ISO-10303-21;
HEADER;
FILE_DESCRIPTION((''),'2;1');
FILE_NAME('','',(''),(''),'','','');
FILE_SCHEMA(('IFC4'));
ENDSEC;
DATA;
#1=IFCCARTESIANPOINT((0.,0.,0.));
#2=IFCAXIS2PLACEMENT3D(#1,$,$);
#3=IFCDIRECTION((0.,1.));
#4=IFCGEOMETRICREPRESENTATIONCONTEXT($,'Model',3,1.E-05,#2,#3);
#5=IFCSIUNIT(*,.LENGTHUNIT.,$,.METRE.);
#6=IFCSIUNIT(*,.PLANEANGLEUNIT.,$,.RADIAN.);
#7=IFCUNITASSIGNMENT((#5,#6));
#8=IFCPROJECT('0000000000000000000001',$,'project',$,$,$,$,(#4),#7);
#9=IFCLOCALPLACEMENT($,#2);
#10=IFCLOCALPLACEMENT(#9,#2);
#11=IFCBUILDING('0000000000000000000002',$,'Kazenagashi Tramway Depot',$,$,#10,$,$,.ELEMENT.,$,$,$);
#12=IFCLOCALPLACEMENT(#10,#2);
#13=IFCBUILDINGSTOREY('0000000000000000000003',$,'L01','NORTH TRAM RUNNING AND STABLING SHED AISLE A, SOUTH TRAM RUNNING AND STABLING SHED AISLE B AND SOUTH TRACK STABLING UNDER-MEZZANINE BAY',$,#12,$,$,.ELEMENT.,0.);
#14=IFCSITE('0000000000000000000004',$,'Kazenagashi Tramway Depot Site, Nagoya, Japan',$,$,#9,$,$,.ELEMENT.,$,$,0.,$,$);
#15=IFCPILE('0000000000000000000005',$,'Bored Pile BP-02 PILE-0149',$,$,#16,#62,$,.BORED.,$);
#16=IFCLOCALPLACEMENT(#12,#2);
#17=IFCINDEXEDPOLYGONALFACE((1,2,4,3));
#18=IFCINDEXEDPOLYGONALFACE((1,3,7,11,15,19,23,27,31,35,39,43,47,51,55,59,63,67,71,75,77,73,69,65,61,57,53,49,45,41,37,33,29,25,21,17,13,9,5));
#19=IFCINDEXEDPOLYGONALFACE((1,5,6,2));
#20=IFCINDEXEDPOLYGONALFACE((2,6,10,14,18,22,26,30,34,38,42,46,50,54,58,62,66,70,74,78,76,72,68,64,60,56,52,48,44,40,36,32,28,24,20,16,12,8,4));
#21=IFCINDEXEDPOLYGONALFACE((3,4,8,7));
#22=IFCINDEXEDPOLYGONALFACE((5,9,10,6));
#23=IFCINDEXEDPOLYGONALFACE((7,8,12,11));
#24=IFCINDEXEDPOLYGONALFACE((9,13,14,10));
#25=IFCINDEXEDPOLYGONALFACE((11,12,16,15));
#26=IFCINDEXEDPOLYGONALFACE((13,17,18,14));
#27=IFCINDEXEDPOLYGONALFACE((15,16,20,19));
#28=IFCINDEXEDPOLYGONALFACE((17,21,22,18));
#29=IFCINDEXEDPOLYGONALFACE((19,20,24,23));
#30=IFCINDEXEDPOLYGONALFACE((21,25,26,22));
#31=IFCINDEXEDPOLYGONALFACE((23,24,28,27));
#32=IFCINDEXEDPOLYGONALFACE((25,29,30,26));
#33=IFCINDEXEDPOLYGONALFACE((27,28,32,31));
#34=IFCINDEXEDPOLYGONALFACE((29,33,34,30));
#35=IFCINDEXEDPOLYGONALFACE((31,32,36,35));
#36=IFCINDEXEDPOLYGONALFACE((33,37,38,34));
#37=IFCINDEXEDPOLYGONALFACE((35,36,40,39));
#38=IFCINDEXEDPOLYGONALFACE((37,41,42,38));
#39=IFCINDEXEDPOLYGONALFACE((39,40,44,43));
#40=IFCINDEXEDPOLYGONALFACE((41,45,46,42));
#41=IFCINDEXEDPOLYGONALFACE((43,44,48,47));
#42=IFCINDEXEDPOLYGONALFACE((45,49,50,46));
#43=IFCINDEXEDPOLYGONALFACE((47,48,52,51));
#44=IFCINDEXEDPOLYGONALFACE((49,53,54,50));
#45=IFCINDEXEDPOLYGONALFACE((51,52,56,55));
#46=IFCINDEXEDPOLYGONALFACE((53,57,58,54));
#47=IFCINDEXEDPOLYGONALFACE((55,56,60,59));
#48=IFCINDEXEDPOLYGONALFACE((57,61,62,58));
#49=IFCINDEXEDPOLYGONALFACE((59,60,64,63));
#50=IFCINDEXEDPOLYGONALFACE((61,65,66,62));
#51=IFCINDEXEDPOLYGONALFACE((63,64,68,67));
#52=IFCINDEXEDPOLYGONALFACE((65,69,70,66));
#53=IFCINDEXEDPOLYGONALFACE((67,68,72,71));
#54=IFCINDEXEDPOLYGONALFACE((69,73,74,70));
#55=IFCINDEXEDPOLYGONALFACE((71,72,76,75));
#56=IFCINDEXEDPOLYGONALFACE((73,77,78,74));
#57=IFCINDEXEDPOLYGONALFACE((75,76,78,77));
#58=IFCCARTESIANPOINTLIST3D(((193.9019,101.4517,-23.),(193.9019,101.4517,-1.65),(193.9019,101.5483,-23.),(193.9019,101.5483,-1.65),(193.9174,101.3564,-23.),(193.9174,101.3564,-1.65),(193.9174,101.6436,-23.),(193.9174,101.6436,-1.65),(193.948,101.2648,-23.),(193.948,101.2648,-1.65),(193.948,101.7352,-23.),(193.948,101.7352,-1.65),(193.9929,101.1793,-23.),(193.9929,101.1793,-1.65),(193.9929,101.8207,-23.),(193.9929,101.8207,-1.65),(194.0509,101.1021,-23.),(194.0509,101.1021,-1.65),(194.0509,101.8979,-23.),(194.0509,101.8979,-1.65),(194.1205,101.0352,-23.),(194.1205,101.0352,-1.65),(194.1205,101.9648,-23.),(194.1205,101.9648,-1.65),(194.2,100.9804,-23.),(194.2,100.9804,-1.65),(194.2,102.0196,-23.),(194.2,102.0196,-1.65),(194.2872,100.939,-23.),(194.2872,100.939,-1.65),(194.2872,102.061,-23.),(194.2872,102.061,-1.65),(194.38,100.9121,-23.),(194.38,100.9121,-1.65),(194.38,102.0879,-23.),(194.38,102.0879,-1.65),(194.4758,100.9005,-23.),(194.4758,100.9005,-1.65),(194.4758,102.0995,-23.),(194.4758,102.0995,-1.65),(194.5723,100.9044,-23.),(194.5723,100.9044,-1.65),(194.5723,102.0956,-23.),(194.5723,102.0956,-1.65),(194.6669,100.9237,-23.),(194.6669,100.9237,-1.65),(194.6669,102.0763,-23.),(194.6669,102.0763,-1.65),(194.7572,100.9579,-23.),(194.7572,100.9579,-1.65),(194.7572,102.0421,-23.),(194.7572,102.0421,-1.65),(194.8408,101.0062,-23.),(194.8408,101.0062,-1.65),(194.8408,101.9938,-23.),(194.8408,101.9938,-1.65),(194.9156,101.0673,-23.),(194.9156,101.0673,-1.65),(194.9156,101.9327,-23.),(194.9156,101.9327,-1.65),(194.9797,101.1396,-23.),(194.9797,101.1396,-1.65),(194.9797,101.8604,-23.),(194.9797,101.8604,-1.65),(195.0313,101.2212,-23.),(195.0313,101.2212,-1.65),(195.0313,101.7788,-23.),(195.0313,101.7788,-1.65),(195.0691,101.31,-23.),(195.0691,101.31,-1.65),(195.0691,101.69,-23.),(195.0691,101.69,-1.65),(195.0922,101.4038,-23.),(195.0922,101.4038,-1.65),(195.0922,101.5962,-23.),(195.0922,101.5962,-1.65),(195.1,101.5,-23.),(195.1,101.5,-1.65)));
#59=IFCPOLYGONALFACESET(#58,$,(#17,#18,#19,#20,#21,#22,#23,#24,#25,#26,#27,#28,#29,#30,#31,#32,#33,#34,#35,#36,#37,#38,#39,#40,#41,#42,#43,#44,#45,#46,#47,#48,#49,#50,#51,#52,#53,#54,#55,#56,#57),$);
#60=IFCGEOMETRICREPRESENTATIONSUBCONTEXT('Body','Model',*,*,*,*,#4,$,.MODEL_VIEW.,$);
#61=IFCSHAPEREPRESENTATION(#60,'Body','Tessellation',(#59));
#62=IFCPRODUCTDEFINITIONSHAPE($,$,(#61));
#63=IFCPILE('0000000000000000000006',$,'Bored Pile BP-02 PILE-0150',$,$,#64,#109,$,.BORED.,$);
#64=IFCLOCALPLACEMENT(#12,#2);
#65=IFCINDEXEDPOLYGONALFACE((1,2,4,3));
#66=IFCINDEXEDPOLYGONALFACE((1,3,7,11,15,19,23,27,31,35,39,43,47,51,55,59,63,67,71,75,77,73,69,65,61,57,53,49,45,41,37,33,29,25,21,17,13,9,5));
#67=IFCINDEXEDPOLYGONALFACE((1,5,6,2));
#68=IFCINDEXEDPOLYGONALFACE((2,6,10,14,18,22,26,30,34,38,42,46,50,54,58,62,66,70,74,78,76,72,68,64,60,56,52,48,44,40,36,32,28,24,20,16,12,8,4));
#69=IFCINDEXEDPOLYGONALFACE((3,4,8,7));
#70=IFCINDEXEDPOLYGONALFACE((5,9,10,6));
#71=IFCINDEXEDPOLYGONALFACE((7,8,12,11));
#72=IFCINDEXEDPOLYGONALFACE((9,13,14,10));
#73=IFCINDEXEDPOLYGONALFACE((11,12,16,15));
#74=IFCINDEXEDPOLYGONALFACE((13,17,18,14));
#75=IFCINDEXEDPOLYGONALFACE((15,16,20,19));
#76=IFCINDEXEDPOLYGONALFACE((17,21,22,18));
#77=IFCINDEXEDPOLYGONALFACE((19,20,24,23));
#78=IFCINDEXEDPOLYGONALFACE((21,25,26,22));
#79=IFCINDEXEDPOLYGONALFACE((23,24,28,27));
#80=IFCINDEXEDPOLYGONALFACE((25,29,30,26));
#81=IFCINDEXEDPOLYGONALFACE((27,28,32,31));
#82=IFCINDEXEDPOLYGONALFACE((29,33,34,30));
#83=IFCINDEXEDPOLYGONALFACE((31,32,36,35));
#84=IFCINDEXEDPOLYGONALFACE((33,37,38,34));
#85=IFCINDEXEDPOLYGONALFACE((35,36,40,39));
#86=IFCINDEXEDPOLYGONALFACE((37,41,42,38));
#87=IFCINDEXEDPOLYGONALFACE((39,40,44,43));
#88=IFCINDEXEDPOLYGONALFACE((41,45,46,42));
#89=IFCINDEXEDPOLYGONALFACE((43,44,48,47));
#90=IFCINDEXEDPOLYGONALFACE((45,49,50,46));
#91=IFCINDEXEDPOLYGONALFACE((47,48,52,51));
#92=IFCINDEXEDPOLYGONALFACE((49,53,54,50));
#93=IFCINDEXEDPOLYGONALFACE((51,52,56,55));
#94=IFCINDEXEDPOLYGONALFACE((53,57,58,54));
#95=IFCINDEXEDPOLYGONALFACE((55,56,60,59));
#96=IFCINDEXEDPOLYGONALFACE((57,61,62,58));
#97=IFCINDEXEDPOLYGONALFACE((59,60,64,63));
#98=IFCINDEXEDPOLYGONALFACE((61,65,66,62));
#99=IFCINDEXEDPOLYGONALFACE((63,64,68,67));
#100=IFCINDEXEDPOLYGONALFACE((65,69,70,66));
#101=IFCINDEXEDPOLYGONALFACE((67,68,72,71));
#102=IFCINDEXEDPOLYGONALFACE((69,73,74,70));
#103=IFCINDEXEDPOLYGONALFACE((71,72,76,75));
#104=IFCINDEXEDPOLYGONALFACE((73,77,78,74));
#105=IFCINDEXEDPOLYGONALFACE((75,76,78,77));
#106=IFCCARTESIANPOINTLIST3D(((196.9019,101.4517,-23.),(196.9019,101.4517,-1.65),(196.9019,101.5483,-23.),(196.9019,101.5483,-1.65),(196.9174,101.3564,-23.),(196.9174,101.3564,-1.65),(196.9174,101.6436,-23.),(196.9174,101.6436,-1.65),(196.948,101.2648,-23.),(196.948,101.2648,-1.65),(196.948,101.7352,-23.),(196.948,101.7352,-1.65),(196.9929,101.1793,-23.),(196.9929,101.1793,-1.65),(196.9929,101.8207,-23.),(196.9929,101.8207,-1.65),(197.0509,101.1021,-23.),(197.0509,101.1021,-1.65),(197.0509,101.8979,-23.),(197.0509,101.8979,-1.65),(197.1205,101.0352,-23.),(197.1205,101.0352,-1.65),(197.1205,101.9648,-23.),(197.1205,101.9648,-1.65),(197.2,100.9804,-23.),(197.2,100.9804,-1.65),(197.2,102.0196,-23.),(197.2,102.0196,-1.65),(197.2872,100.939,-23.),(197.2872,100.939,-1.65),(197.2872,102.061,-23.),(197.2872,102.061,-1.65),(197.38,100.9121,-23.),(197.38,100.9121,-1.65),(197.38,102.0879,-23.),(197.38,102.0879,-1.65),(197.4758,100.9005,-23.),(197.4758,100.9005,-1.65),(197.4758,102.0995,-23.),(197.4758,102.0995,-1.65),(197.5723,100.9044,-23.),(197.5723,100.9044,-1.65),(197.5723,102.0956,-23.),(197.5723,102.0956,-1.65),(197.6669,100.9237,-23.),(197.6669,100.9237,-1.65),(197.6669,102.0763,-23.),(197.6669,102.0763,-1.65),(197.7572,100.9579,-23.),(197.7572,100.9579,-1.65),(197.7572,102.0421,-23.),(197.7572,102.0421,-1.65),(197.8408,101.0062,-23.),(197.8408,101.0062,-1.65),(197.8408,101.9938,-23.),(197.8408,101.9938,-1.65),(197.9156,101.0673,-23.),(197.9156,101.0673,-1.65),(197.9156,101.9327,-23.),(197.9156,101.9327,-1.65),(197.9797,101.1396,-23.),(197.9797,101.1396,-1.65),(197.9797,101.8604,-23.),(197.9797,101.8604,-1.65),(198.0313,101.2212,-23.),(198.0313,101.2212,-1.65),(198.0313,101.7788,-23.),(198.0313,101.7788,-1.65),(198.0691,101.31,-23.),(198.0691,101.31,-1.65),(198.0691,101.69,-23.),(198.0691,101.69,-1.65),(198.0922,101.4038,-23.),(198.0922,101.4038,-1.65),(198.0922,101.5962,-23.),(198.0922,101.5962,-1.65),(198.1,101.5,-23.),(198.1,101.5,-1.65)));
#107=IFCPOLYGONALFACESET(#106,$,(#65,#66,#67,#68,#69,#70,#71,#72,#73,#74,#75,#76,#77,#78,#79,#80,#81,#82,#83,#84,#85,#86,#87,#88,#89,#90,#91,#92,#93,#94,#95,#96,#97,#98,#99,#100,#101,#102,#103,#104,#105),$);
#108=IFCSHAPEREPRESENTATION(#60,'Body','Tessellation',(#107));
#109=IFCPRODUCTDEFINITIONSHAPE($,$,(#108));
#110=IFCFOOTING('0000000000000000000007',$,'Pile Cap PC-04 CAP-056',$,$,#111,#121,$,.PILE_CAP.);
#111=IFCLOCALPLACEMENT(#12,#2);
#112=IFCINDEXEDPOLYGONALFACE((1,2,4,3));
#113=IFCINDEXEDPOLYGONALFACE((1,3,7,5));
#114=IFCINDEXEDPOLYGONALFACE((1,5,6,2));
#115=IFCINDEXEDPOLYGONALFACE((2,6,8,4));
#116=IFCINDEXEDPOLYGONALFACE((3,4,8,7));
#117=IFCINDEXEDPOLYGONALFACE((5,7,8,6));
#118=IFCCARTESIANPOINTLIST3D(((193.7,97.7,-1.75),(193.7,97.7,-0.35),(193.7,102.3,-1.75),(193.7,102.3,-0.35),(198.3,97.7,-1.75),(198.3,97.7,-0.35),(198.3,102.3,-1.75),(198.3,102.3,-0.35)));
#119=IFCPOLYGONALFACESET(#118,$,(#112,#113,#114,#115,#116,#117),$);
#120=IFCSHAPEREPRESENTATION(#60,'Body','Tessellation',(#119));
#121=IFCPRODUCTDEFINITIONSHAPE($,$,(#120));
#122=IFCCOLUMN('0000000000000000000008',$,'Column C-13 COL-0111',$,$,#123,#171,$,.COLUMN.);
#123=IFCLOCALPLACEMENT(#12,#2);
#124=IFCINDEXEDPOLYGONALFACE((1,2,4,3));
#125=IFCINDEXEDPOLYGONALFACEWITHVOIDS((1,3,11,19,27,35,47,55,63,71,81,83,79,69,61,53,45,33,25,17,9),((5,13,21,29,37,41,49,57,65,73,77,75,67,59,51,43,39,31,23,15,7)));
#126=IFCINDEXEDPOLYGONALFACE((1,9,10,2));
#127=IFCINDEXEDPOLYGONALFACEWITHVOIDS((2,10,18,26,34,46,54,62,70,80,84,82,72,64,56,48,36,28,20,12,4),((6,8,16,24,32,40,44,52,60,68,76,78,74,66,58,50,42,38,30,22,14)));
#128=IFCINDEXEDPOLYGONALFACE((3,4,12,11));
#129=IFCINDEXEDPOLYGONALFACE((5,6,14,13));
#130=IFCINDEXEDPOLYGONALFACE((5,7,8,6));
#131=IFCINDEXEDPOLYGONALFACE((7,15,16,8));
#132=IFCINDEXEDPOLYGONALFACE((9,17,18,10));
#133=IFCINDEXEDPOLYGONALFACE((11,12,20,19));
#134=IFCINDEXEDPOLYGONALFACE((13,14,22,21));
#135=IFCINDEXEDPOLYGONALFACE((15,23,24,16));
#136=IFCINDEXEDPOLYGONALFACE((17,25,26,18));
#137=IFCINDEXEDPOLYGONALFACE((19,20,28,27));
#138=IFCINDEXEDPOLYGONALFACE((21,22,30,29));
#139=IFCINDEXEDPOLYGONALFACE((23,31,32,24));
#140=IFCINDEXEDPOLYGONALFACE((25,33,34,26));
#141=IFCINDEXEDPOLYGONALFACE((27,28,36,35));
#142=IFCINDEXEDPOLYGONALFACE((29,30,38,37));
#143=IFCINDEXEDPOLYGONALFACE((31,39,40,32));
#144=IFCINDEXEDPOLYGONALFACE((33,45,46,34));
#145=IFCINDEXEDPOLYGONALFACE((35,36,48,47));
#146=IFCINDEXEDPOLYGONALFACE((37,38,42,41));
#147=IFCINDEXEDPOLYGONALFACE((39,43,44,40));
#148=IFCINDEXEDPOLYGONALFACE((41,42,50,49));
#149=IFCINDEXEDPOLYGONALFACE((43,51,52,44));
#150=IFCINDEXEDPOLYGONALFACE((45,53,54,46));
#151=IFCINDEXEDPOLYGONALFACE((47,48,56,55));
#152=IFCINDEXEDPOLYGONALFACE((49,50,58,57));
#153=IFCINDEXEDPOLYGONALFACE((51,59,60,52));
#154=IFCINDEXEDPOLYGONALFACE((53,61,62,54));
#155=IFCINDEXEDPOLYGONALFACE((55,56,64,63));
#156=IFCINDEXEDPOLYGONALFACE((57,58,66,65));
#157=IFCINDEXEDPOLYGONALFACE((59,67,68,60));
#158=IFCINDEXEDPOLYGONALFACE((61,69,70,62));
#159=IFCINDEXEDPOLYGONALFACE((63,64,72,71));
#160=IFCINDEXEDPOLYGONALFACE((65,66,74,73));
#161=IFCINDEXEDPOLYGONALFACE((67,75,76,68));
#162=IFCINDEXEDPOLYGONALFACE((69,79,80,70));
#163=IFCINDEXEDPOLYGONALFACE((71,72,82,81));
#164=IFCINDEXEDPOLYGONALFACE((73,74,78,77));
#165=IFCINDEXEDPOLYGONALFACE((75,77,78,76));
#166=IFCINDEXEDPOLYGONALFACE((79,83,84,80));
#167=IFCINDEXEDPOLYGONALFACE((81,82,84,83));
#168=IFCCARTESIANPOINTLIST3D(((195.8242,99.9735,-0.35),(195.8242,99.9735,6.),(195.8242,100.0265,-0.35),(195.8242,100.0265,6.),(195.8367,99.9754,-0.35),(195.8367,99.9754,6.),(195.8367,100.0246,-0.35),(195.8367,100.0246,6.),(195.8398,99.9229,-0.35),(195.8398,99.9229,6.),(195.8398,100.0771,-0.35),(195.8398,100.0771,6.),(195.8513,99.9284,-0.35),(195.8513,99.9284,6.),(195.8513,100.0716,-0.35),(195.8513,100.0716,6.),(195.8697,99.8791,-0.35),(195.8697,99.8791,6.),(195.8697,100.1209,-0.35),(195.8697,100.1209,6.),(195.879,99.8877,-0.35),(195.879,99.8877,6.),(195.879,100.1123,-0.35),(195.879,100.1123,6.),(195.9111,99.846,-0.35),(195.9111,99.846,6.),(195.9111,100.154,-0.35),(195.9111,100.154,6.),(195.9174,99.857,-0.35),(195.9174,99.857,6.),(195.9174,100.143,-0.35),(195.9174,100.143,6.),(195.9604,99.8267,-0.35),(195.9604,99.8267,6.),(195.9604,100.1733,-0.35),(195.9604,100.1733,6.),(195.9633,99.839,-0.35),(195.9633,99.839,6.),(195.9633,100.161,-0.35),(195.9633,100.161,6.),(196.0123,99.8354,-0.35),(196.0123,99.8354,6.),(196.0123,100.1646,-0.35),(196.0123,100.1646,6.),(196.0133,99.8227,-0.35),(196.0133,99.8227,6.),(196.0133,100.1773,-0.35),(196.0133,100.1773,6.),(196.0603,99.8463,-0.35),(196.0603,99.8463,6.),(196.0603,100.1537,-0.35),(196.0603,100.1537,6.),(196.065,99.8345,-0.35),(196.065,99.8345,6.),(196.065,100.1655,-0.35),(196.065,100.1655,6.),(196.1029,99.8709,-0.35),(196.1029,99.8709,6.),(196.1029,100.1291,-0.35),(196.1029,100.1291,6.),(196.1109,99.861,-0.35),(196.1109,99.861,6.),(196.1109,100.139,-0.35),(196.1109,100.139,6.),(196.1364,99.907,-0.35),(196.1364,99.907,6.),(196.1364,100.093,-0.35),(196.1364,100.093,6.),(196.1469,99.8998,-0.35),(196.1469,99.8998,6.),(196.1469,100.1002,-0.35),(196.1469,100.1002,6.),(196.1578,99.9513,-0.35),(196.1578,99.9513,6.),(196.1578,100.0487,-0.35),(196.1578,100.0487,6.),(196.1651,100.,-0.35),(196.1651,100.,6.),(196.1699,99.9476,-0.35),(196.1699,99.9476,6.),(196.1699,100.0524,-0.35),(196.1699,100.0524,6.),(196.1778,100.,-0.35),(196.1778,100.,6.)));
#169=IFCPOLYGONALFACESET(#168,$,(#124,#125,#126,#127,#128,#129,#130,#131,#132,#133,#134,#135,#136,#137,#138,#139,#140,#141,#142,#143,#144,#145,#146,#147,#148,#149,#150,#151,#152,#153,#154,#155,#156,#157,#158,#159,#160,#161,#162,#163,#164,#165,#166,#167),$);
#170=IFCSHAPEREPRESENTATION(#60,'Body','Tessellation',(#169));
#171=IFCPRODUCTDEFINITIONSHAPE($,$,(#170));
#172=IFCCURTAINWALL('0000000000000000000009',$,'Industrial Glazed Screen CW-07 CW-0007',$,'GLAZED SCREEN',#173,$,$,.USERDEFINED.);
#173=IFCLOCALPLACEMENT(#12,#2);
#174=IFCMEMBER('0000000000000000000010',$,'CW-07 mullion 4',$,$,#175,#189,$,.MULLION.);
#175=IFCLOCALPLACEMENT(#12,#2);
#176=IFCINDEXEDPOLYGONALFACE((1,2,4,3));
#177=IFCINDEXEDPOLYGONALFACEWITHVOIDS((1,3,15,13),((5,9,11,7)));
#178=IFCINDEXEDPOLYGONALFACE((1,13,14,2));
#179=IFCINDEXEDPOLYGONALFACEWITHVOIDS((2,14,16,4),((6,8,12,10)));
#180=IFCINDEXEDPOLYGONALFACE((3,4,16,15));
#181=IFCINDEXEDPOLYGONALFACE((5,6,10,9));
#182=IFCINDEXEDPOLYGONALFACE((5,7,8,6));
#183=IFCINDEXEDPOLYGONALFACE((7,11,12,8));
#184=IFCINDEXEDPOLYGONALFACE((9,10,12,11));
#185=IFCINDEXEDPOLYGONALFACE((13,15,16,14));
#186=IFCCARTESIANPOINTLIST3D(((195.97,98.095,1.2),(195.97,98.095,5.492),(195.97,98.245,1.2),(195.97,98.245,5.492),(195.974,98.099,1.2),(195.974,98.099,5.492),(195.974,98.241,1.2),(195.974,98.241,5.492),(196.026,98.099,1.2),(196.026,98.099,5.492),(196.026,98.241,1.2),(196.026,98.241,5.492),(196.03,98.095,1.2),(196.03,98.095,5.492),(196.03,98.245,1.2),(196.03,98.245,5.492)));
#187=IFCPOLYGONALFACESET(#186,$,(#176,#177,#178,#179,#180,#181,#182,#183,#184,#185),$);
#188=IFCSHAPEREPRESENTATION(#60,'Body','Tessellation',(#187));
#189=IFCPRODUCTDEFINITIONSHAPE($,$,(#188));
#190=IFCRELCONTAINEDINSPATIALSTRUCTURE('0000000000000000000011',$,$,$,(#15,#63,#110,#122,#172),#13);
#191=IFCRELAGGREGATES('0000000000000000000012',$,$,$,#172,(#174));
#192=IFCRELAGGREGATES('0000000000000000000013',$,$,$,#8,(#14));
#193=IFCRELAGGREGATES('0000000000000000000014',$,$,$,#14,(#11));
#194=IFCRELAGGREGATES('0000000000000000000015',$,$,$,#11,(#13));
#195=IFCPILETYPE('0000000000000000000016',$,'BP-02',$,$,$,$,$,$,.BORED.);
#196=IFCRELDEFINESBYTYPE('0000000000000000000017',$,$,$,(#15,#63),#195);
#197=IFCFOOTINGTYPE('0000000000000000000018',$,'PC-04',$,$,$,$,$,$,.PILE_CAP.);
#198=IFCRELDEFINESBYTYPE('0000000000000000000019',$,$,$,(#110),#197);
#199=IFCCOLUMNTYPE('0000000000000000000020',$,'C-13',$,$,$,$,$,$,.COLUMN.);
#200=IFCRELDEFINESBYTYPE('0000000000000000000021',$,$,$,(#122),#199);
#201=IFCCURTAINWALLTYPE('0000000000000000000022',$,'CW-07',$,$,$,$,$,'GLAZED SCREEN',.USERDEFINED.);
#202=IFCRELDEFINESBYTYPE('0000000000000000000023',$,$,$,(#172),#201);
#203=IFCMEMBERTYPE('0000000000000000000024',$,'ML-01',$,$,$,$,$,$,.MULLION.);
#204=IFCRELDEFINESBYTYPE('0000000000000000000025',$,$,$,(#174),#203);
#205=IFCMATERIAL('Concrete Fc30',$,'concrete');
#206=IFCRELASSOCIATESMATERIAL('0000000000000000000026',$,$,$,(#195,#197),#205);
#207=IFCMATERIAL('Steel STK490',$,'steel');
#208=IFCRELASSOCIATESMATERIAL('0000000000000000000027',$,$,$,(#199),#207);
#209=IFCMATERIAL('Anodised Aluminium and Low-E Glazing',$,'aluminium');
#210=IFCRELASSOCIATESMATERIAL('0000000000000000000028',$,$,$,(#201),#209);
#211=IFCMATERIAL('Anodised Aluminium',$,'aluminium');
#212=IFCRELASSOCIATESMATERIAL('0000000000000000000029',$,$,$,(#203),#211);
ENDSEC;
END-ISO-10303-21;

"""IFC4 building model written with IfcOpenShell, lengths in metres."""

from ifc_helpers import new_model, si_unit, direction, frame, origin, origin_2d, place, context, subcontext, project, spatial, rectangle, hollow_rectangle, circle, hollow_circle, extrude, material, material_profile, profile_set, type_object, element, aggregate, save


model = new_model("IFC4")

# Units and contexts
model_context = context("Model", 3, precision=1e-05, world=origin(), true_north=direction((0.0, 1.0)))
body_context = subcontext(model_context, "Body", "Model", "MODEL_VIEW")
ifc_project = project(units=[si_unit("LENGTHUNIT", "METRE"), si_unit("PLANEANGLEUNIT", "RADIAN")], contexts=[model_context])

# Site, building, storey
site_placement = place(None, origin())
site = spatial("IfcSite", under=ifc_project, at=site_placement, Name="Kazenagashi Tramway Depot Site, Nagoya, Japan", CompositionType="ELEMENT", RefElevation=0.0)
building_placement = place(site_placement, origin())
building = spatial("IfcBuilding", under=site, at=building_placement, Name="Kazenagashi Tramway Depot", CompositionType="ELEMENT")
storey_placement = place(building_placement, origin())
storey = spatial("IfcBuildingStorey", under=building, at=storey_placement, Name="L01", Description="NORTH TRAM RUNNING AND STABLING SHED AISLE A, SOUTH TRAM RUNNING AND STABLING SHED AISLE B AND SOUTH TRACK STABLING UNDER-MEZZANINE BAY", CompositionType="ELEMENT", Elevation=0.0)

# Piles
ifc_material_1 = material(Name="Concrete Fc30", Category="concrete")
ifc_material_profile_1 = material_profile(ifc_material_1, circle(Radius=0.6, at=origin_2d()), Name="PILE-1200")
ifc_profile_set_1 = profile_set([ifc_material_profile_1], Name="Concrete Fc30")
pile_type = type_object("IfcPileType", Name="BP-02", PredefinedType="BORED", material=ifc_profile_set_1)
for number, where, z_axis, x_axis, name in (
    (1, (194.5, 101.5, -1.65), (0.0, 0.0, -1.0), (1.0, 0.0, 0.0), "Bored Pile BP-02 PILE-0149"),
    (2, (197.5, 101.5, -1.65), (0.0, 0.0, -1.0), (1.0, 0.0, 0.0), "Bored Pile BP-02 PILE-0150"),
):
    element("IfcPile", number, at=place(storey_placement, frame(where, z_axis=z_axis, x_axis=x_axis)), inside=storey, type_object=pile_type, Name=name, PredefinedType="BORED", context=body_context, shape_type="SweptSolid", body=[
        extrude(circle(Radius=0.6, at=origin_2d()), origin(), (0.0, 0.0, 1.0), 21.35),
    ])

# Footing
footing_type = type_object("IfcFootingType", Name="PC-04", PredefinedType="PILE_CAP", material=ifc_material_1)
footing_placement = place(storey_placement, frame((196.0, 100.0, -1.75), z_axis=(0.0, 0.0, 1.0), x_axis=(1.0, 0.0, 0.0)))
element("IfcFooting", 3, at=footing_placement, inside=storey, type_object=footing_type, Name="Pile Cap PC-04 CAP-056", PredefinedType="PILE_CAP", context=body_context, shape_type="SweptSolid", body=[
    extrude(rectangle(XDim=4.6, YDim=4.6, at=origin_2d()), origin(), (0.0, 0.0, 1.0), 1.4),
])

# Column
ifc_material_2 = material(Name="Steel STK490", Category="steel")
ifc_material_profile_2 = material_profile(ifc_material_2, hollow_circle(Radius=0.1778, WallThickness=0.0127, at=origin_2d()), Name="CHS-355.6x12.7")
ifc_profile_set_2 = profile_set([ifc_material_profile_2], Name="Steel STK490")
column_type = type_object("IfcColumnType", Name="C-13", PredefinedType="COLUMN", material=ifc_profile_set_2)
column_placement = place(storey_placement, frame((196.0, 100.0, -0.35), z_axis=(0.0, 0.0, 1.0), x_axis=(1.0, 0.0, 0.0)))
element("IfcColumn", 4, at=column_placement, inside=storey, type_object=column_type, Name="Column C-13 COL-0111", PredefinedType="COLUMN", context=body_context, shape_type="SweptSolid", body=[
    extrude(hollow_circle(Radius=0.1778, WallThickness=0.0127, at=origin_2d()), origin(), (0.0, 0.0, 1.0), 6.35),
])

# Curtain wall, member
ifc_material_3 = material(Name="Anodised Aluminium and Low-E Glazing", Category="aluminium")
curtain_wall_type_1 = type_object("IfcCurtainWallType", Name="CW-07", ElementType="GLAZED SCREEN", PredefinedType="USERDEFINED", material=ifc_material_3)
curtain_wall_1_placement = place(storey_placement, origin())
curtain_wall_1 = element("IfcCurtainWall", 5, at=curtain_wall_1_placement, inside=storey, type_object=curtain_wall_type_1, Name="Industrial Glazed Screen CW-07 CW-0007", ObjectType="GLAZED SCREEN", PredefinedType="USERDEFINED")
ifc_material_4 = material(Name="Anodised Aluminium", Category="aluminium")
ifc_material_profile_3 = material_profile(ifc_material_4, hollow_rectangle(XDim=0.06, YDim=0.15, WallThickness=0.004, at=origin_2d()), Name="RHS-150x60x4")
ifc_profile_set_3 = profile_set([ifc_material_profile_3], Name="Anodised Aluminium")
member_type_1 = type_object("IfcMemberType", Name="ML-01", PredefinedType="MULLION", material=ifc_profile_set_3)
member_1_placement = place(storey_placement, frame((196.0, 98.17, 1.2), z_axis=(0.0, 0.0, 1.0), x_axis=(-1.0, 0.0, 0.0)))
member_1 = element("IfcMember", 6, at=member_1_placement, type_object=member_type_1, Name="CW-07 mullion 4", PredefinedType="MULLION", context=body_context, shape_type="SweptSolid", body=[
    extrude(hollow_rectangle(XDim=0.06, YDim=0.15, WallThickness=0.004, at=origin_2d()), origin(), (0.0, 0.0, 1.0), 4.292),
])
aggregate(curtain_wall_1, [member_1])

save(model, "model.ifc")
